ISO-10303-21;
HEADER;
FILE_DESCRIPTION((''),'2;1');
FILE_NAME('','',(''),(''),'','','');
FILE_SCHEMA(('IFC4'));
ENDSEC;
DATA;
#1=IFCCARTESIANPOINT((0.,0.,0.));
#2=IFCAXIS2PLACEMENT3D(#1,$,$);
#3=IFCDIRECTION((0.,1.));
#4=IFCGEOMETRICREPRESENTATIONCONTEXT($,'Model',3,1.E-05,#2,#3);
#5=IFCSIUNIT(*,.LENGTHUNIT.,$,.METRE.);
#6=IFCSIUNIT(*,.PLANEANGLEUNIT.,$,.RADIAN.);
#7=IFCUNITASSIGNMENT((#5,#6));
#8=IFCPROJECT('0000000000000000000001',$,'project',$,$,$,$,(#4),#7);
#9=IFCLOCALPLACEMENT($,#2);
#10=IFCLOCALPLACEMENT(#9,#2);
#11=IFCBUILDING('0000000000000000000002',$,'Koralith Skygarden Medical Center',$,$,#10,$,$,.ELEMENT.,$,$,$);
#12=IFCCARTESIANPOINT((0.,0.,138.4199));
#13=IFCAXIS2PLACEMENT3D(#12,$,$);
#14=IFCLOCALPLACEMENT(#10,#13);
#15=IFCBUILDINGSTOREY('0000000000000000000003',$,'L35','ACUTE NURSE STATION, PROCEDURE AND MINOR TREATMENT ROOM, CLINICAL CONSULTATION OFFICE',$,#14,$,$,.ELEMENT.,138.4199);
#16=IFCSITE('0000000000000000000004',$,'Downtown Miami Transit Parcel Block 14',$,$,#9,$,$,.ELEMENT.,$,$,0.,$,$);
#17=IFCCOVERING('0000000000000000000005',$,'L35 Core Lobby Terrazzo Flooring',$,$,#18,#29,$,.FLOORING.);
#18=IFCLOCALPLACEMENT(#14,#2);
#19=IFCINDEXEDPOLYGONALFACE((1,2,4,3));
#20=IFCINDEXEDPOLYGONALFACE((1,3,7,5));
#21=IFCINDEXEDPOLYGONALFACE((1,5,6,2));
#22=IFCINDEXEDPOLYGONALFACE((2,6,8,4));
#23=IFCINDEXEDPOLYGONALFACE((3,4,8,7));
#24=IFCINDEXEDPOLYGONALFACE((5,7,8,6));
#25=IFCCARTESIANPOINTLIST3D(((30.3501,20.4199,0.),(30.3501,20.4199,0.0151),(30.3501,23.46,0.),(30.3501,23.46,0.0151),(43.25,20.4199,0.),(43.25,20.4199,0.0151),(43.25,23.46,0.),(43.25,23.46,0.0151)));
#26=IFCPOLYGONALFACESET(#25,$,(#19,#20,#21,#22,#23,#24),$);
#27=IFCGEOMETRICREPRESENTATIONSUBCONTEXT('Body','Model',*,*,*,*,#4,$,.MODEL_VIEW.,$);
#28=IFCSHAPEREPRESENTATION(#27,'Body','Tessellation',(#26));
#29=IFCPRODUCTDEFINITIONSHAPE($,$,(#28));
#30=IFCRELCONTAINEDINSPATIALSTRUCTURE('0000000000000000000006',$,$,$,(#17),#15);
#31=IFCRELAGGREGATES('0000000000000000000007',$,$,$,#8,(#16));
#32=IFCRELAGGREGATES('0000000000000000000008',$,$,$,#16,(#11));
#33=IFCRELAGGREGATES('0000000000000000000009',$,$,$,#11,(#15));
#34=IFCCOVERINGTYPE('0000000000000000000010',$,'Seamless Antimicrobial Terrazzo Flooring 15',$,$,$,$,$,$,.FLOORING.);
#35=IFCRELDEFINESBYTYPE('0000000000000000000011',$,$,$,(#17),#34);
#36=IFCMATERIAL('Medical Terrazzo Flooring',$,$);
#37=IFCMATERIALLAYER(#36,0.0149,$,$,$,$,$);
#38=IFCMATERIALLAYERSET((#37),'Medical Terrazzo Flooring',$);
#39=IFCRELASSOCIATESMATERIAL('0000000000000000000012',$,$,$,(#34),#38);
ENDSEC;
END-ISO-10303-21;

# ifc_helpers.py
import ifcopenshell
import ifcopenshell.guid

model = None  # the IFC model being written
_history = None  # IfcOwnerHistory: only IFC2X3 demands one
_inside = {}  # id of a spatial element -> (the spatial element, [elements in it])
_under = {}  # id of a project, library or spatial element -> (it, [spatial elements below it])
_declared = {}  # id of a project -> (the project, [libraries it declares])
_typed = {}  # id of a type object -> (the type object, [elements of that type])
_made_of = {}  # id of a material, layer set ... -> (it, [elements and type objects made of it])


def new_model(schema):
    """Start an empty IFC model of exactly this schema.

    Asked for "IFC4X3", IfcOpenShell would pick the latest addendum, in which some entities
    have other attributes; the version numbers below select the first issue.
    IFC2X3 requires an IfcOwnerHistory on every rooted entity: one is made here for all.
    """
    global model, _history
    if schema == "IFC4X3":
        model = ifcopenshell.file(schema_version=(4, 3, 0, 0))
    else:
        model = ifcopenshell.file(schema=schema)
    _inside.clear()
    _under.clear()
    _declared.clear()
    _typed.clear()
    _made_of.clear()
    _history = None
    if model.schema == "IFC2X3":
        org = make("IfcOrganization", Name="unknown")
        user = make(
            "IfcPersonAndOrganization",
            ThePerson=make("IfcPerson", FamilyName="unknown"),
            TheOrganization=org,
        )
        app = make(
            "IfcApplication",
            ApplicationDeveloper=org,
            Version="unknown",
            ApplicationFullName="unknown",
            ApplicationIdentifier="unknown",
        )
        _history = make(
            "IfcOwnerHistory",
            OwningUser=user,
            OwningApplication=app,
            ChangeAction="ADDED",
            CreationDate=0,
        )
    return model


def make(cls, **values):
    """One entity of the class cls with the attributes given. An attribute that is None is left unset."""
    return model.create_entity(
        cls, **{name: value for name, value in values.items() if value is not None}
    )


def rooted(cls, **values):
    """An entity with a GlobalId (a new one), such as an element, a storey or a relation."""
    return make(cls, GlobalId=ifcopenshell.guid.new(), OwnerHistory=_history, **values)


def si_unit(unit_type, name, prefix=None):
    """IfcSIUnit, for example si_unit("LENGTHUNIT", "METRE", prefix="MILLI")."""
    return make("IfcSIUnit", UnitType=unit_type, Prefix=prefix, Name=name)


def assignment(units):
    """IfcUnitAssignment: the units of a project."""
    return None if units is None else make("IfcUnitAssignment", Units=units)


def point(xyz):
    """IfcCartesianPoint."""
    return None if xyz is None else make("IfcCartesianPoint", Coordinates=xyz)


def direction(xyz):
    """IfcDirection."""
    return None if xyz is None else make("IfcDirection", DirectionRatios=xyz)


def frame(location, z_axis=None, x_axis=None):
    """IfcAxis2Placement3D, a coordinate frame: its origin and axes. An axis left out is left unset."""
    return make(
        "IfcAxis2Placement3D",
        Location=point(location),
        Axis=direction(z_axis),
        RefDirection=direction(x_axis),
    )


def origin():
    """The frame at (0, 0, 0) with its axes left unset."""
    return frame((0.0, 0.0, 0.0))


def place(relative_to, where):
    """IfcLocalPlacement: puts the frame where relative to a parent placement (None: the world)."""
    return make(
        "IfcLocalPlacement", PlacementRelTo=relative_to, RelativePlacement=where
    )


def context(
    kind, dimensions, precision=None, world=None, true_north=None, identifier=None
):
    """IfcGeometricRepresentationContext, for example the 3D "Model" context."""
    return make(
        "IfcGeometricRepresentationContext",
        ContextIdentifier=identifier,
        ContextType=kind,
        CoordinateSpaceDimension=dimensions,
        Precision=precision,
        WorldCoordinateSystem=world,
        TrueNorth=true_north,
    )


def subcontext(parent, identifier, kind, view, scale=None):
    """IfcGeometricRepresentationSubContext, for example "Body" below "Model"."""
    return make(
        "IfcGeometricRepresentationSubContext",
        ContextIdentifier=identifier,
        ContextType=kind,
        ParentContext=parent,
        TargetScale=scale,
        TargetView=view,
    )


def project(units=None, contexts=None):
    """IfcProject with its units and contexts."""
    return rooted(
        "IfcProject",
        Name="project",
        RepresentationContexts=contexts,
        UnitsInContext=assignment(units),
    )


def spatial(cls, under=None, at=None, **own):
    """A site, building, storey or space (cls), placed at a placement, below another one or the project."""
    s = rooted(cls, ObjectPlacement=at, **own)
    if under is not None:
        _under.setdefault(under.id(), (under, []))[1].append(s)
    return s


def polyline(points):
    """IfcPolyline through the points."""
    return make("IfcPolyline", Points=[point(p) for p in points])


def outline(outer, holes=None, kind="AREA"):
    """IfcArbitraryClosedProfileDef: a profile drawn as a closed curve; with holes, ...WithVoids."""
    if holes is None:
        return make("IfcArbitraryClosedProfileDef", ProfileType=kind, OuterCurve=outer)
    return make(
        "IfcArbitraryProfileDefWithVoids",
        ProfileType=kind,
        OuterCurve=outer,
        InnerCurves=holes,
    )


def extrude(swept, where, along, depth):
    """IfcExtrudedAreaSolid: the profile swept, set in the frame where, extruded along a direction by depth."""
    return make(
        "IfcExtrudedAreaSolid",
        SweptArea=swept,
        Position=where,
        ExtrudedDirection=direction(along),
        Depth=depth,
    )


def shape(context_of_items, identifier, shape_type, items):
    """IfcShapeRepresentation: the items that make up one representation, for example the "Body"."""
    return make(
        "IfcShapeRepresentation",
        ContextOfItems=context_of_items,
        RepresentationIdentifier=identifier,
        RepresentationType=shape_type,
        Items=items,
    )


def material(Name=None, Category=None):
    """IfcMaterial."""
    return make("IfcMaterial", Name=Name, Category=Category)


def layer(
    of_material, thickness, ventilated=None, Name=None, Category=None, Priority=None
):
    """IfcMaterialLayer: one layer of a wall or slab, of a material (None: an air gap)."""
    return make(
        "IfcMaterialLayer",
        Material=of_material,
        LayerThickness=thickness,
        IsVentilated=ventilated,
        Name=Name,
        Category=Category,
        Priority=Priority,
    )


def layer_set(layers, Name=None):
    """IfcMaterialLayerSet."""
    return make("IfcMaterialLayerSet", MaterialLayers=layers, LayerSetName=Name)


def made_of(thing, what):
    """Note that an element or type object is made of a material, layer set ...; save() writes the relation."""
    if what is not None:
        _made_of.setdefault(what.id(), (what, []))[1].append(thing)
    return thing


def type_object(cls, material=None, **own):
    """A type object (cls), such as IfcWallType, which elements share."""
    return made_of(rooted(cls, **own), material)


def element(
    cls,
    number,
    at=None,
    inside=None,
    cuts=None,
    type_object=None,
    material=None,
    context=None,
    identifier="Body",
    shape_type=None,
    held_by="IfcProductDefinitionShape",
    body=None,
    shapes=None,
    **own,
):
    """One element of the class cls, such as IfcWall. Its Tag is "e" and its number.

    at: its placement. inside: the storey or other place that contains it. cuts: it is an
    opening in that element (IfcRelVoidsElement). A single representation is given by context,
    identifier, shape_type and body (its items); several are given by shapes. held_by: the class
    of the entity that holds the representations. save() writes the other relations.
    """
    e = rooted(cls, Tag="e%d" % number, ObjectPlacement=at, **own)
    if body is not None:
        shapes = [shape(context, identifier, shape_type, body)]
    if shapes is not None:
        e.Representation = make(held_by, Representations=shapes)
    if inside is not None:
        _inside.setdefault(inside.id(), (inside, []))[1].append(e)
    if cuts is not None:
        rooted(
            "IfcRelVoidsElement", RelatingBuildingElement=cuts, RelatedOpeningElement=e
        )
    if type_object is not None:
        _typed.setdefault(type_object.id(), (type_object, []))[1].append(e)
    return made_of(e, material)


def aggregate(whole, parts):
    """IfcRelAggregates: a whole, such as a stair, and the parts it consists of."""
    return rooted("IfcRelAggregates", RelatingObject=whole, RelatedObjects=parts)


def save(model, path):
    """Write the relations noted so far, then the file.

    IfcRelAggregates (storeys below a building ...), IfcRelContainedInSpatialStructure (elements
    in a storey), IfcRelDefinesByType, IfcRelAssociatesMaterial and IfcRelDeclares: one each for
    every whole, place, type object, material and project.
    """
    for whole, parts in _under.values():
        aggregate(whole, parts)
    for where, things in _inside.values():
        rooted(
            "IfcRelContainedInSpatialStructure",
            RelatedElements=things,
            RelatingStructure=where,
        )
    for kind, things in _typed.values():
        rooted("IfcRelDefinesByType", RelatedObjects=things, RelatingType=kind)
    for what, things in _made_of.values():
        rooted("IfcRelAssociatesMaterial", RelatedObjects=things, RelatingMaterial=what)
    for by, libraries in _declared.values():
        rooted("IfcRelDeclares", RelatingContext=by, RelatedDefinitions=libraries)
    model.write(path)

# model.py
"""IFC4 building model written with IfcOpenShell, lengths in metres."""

from ifc_helpers import new_model, si_unit, direction, frame, origin, place, context, subcontext, project, spatial, polyline, outline, extrude, material, layer, layer_set, type_object, element, save


model = new_model("IFC4")

# Units and contexts
model_context = context("Model", 3, precision=1e-05, world=origin(), true_north=direction((0.0, 1.0)))
body_context = subcontext(model_context, "Body", "Model", "MODEL_VIEW")
ifc_project = project(units=[si_unit("LENGTHUNIT", "METRE"), si_unit("PLANEANGLEUNIT", "RADIAN")], contexts=[model_context])

# Site, building, storey
site_placement = place(None, origin())
site = spatial("IfcSite", under=ifc_project, at=site_placement, Name="Downtown Miami Transit Parcel Block 14", CompositionType="ELEMENT", RefElevation=0.0)
building_placement = place(site_placement, origin())
building = spatial("IfcBuilding", under=site, at=building_placement, Name="Koralith Skygarden Medical Center", CompositionType="ELEMENT")
storey_placement = place(building_placement, frame((0.0, 0.0, 138.4199)))
storey = spatial("IfcBuildingStorey", under=building, at=storey_placement, Name="L35", Description="ACUTE NURSE STATION, PROCEDURE AND MINOR TREATMENT ROOM, CLINICAL CONSULTATION OFFICE", CompositionType="ELEMENT", Elevation=138.4199)

# Covering
ifc_material_1 = material(Name="Medical Terrazzo Flooring")
ifc_layer_1 = layer(ifc_material_1, 0.0149)
ifc_layer_set_1 = layer_set([ifc_layer_1], Name="Medical Terrazzo Flooring")
covering_type_1 = type_object("IfcCoveringType", Name="Seamless Antimicrobial Terrazzo Flooring 15", PredefinedType="FLOORING", material=ifc_layer_set_1)
covering_1_placement = place(storey_placement, origin())
element("IfcCovering", 1, at=covering_1_placement, inside=storey, type_object=covering_type_1, Name="L35 Core Lobby Terrazzo Flooring", PredefinedType="FLOORING", context=body_context, shape_type="SweptSolid", body=[
    extrude(outline(polyline([(30.3501, 20.4199), (43.25, 20.4199), (43.25, 23.46), (30.3501, 23.46), (30.3501, 20.4199)])), origin(), (0.0, 0.0, 1.0), 0.0151),
])

save(model, "model.ifc")
